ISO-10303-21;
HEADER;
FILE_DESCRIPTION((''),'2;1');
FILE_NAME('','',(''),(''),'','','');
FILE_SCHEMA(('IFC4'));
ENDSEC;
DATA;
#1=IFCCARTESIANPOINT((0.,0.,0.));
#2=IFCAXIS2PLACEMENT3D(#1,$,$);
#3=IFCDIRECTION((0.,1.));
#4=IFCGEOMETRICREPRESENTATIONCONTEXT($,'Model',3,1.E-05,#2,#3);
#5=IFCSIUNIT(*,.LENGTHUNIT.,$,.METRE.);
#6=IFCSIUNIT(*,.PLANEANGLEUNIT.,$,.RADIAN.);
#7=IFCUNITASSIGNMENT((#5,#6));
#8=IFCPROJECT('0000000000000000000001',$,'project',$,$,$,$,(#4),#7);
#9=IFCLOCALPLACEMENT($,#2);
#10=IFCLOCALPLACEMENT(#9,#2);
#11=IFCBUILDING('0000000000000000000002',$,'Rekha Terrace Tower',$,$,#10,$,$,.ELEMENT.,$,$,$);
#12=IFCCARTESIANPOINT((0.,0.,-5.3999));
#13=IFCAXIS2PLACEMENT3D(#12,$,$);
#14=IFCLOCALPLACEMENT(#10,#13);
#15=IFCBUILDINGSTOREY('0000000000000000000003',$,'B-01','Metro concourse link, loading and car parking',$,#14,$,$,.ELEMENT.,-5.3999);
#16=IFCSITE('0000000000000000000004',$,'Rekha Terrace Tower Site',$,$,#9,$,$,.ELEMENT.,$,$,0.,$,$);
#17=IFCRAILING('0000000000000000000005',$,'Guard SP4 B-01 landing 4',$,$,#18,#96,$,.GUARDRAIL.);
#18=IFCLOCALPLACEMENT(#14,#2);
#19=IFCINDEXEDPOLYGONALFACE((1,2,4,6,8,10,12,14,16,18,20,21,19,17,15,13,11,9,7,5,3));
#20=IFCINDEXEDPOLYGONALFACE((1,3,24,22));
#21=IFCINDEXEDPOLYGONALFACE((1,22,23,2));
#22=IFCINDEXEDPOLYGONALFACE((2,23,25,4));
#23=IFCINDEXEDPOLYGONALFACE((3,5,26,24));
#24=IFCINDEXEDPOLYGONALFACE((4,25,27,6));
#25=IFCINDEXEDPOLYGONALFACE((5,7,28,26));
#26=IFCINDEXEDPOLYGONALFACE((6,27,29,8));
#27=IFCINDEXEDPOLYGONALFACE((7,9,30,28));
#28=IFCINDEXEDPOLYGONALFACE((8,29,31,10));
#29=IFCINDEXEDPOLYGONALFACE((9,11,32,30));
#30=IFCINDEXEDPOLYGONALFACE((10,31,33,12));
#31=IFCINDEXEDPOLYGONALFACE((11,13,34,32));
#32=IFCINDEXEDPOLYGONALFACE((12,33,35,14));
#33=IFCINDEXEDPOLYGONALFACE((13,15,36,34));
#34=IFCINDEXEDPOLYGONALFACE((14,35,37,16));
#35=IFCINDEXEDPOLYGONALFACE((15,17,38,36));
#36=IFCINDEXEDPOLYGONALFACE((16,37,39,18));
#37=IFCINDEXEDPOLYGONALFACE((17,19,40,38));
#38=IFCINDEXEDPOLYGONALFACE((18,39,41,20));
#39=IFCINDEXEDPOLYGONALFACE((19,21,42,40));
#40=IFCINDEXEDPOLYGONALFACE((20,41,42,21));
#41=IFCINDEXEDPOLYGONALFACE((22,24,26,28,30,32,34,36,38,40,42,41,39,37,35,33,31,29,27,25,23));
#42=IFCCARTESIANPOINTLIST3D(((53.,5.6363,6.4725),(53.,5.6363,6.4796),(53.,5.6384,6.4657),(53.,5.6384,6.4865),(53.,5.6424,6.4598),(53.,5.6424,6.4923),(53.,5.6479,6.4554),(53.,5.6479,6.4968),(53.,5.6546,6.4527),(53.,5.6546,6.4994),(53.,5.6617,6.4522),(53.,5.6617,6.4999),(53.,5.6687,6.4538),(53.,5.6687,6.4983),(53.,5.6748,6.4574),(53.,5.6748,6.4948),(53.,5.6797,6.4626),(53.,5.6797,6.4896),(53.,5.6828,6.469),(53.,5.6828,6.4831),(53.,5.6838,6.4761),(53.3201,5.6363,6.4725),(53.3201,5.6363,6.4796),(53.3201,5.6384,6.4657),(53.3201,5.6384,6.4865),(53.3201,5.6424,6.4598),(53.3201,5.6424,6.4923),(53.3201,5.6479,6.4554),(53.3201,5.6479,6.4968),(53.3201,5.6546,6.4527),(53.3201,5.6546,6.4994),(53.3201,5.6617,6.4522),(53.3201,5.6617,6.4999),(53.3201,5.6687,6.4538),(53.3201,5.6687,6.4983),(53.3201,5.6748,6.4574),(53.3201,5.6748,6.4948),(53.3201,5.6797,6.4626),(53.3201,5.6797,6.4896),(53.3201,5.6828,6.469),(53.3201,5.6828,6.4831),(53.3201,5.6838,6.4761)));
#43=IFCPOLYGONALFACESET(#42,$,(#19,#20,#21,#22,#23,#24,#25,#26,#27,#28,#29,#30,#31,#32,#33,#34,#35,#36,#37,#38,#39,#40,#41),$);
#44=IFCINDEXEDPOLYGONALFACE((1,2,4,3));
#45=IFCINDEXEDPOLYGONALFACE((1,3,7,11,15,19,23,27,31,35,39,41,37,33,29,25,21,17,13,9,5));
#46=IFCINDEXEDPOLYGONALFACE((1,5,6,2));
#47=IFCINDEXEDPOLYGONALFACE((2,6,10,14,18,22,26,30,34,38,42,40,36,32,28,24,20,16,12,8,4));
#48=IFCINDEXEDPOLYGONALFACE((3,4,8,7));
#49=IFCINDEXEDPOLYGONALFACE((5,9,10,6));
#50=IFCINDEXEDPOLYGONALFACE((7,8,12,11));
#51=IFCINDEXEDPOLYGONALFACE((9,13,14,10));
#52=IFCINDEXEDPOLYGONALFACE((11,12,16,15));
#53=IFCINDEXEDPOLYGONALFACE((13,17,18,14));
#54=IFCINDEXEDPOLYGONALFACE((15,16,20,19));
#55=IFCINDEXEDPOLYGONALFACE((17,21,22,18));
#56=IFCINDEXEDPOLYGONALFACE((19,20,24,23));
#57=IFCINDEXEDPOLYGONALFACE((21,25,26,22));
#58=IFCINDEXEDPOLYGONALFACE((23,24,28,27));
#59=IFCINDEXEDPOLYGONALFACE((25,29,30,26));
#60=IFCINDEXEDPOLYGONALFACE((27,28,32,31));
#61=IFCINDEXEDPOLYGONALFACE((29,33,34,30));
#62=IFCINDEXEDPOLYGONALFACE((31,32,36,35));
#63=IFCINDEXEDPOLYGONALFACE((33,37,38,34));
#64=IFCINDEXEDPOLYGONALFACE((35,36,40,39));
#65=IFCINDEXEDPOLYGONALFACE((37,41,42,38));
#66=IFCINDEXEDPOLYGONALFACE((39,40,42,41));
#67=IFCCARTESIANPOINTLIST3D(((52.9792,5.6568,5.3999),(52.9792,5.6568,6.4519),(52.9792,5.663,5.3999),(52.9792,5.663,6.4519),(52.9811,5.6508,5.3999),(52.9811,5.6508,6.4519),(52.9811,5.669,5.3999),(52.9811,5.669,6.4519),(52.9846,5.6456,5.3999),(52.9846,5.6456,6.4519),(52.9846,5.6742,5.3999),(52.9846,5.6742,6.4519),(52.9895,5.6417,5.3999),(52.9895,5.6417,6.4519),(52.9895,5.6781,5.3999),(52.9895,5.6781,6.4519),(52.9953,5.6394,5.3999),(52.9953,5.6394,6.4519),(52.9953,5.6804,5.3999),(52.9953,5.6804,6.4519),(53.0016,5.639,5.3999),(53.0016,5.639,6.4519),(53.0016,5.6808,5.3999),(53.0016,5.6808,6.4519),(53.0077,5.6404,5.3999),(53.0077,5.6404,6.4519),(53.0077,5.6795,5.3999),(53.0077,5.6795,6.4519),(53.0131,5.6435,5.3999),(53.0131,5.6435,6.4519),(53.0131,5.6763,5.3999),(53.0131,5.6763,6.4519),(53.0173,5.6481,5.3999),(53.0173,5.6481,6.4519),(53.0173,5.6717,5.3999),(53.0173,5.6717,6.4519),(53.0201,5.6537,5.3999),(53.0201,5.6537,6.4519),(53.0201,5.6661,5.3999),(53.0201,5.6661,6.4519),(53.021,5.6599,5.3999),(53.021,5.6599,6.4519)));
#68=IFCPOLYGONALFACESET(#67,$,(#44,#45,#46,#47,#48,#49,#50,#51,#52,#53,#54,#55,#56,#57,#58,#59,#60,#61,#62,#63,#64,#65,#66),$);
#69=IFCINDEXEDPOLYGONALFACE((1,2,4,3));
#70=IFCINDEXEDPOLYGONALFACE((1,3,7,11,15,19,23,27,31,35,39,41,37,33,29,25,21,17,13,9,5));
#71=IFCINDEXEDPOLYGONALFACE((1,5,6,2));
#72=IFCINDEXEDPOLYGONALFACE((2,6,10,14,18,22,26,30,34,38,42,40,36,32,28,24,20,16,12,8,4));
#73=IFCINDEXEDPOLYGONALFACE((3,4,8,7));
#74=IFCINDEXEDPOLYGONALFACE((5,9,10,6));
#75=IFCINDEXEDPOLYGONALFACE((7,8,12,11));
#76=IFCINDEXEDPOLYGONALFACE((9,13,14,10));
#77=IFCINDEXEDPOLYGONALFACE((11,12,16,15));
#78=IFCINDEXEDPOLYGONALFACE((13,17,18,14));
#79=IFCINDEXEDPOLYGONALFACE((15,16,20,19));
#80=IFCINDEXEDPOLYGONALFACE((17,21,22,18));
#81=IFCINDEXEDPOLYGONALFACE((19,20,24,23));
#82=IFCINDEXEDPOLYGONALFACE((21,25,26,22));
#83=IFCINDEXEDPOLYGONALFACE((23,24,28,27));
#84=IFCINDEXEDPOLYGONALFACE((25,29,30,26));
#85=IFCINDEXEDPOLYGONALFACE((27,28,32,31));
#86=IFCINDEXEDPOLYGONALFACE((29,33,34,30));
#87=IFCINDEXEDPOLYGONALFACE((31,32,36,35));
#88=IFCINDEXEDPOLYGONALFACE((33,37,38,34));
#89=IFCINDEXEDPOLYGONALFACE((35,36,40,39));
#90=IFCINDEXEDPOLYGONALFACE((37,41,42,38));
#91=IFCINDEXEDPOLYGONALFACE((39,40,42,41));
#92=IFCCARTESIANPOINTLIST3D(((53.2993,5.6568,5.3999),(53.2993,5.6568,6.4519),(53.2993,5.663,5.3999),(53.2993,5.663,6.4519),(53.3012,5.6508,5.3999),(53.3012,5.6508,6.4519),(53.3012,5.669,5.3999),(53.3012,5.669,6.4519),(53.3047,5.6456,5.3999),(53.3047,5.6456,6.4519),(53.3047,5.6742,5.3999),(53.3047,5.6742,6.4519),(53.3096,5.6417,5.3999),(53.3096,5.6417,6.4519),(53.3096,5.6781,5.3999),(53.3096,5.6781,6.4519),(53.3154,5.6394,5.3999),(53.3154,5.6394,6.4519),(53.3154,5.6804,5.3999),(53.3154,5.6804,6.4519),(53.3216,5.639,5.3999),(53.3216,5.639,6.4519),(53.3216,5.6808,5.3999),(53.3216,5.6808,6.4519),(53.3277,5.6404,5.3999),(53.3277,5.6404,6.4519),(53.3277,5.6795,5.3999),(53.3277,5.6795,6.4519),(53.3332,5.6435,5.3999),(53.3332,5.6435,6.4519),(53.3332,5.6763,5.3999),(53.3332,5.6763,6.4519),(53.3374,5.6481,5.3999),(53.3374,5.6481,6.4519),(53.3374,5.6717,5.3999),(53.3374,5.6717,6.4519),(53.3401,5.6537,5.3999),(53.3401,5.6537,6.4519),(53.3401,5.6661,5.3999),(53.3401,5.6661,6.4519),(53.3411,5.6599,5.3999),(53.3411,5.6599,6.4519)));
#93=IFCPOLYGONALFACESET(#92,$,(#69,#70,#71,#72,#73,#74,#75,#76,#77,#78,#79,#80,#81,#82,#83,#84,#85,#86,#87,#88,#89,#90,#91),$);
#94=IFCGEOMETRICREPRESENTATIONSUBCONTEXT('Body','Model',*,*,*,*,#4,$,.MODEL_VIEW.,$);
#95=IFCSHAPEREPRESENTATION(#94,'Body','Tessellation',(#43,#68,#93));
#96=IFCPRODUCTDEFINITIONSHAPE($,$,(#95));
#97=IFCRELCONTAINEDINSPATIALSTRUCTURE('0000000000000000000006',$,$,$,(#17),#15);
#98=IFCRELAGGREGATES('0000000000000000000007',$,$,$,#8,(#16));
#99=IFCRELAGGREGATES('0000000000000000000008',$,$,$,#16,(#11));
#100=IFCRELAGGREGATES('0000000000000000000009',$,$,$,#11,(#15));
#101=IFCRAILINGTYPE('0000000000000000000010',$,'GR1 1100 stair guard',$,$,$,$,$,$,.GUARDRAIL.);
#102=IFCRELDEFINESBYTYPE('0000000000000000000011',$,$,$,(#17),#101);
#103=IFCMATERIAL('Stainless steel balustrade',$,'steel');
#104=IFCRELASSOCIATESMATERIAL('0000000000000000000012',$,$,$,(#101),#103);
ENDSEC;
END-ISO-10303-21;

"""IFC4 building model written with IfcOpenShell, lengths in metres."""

from ifc_helpers import new_model, si_unit, direction, frame, origin, origin_2d, place, context, subcontext, project, spatial, circle, extrude, material, type_object, element, save


model = new_model("IFC4")

# Units and contexts
model_context = context("Model", 3, precision=1e-05, world=origin(), true_north=direction((0.0, 1.0)))
body_context = subcontext(model_context, "Body", "Model", "MODEL_VIEW")
ifc_project = project(units=[si_unit("LENGTHUNIT", "METRE"), si_unit("PLANEANGLEUNIT", "RADIAN")], contexts=[model_context])

# Site, building, storey
site_placement = place(None, origin())
site = spatial("IfcSite", under=ifc_project, at=site_placement, Name="Rekha Terrace Tower Site", CompositionType="ELEMENT", RefElevation=0.0)
building_placement = place(site_placement, origin())
building = spatial("IfcBuilding", under=site, at=building_placement, Name="Rekha Terrace Tower", CompositionType="ELEMENT")
storey_placement = place(building_placement, frame((0.0, 0.0, -5.3999)))
storey = spatial("IfcBuildingStorey", under=building, at=storey_placement, Name="B-01", Description="Metro concourse link, loading and car parking", CompositionType="ELEMENT", Elevation=-5.3999)

# Railing
ifc_material_1 = material(Name="Stainless steel balustrade", Category="steel")
railing_type_1 = type_object("IfcRailingType", Name="GR1 1100 stair guard", PredefinedType="GUARDRAIL", material=ifc_material_1)
railing_1_placement = place(storey_placement, frame((53.0, 5.6599, 5.3999)))
element("IfcRailing", 1, at=railing_1_placement, inside=storey, type_object=railing_type_1, Name="Guard SP4 B-01 landing 4", PredefinedType="GUARDRAIL", context=body_context, shape_type="SweptSolid", body=[
    extrude(circle(Radius=0.0239, at=origin_2d()), frame((0.0, 0.0, 1.0762), z_axis=(1.0, 0.0, 0.0), x_axis=(0.0, 1.0, 0.0)), (0.0, 0.0, 1.0), 0.3201),
    extrude(circle(Radius=0.021, at=origin_2d()), origin(), (0.0, 0.0, 1.0), 1.052),
    extrude(circle(Radius=0.021, at=origin_2d()), frame((0.3201, 0.0, 0.0)), (0.0, 0.0, 1.0), 1.052),
])

save(model, "model.ifc")
